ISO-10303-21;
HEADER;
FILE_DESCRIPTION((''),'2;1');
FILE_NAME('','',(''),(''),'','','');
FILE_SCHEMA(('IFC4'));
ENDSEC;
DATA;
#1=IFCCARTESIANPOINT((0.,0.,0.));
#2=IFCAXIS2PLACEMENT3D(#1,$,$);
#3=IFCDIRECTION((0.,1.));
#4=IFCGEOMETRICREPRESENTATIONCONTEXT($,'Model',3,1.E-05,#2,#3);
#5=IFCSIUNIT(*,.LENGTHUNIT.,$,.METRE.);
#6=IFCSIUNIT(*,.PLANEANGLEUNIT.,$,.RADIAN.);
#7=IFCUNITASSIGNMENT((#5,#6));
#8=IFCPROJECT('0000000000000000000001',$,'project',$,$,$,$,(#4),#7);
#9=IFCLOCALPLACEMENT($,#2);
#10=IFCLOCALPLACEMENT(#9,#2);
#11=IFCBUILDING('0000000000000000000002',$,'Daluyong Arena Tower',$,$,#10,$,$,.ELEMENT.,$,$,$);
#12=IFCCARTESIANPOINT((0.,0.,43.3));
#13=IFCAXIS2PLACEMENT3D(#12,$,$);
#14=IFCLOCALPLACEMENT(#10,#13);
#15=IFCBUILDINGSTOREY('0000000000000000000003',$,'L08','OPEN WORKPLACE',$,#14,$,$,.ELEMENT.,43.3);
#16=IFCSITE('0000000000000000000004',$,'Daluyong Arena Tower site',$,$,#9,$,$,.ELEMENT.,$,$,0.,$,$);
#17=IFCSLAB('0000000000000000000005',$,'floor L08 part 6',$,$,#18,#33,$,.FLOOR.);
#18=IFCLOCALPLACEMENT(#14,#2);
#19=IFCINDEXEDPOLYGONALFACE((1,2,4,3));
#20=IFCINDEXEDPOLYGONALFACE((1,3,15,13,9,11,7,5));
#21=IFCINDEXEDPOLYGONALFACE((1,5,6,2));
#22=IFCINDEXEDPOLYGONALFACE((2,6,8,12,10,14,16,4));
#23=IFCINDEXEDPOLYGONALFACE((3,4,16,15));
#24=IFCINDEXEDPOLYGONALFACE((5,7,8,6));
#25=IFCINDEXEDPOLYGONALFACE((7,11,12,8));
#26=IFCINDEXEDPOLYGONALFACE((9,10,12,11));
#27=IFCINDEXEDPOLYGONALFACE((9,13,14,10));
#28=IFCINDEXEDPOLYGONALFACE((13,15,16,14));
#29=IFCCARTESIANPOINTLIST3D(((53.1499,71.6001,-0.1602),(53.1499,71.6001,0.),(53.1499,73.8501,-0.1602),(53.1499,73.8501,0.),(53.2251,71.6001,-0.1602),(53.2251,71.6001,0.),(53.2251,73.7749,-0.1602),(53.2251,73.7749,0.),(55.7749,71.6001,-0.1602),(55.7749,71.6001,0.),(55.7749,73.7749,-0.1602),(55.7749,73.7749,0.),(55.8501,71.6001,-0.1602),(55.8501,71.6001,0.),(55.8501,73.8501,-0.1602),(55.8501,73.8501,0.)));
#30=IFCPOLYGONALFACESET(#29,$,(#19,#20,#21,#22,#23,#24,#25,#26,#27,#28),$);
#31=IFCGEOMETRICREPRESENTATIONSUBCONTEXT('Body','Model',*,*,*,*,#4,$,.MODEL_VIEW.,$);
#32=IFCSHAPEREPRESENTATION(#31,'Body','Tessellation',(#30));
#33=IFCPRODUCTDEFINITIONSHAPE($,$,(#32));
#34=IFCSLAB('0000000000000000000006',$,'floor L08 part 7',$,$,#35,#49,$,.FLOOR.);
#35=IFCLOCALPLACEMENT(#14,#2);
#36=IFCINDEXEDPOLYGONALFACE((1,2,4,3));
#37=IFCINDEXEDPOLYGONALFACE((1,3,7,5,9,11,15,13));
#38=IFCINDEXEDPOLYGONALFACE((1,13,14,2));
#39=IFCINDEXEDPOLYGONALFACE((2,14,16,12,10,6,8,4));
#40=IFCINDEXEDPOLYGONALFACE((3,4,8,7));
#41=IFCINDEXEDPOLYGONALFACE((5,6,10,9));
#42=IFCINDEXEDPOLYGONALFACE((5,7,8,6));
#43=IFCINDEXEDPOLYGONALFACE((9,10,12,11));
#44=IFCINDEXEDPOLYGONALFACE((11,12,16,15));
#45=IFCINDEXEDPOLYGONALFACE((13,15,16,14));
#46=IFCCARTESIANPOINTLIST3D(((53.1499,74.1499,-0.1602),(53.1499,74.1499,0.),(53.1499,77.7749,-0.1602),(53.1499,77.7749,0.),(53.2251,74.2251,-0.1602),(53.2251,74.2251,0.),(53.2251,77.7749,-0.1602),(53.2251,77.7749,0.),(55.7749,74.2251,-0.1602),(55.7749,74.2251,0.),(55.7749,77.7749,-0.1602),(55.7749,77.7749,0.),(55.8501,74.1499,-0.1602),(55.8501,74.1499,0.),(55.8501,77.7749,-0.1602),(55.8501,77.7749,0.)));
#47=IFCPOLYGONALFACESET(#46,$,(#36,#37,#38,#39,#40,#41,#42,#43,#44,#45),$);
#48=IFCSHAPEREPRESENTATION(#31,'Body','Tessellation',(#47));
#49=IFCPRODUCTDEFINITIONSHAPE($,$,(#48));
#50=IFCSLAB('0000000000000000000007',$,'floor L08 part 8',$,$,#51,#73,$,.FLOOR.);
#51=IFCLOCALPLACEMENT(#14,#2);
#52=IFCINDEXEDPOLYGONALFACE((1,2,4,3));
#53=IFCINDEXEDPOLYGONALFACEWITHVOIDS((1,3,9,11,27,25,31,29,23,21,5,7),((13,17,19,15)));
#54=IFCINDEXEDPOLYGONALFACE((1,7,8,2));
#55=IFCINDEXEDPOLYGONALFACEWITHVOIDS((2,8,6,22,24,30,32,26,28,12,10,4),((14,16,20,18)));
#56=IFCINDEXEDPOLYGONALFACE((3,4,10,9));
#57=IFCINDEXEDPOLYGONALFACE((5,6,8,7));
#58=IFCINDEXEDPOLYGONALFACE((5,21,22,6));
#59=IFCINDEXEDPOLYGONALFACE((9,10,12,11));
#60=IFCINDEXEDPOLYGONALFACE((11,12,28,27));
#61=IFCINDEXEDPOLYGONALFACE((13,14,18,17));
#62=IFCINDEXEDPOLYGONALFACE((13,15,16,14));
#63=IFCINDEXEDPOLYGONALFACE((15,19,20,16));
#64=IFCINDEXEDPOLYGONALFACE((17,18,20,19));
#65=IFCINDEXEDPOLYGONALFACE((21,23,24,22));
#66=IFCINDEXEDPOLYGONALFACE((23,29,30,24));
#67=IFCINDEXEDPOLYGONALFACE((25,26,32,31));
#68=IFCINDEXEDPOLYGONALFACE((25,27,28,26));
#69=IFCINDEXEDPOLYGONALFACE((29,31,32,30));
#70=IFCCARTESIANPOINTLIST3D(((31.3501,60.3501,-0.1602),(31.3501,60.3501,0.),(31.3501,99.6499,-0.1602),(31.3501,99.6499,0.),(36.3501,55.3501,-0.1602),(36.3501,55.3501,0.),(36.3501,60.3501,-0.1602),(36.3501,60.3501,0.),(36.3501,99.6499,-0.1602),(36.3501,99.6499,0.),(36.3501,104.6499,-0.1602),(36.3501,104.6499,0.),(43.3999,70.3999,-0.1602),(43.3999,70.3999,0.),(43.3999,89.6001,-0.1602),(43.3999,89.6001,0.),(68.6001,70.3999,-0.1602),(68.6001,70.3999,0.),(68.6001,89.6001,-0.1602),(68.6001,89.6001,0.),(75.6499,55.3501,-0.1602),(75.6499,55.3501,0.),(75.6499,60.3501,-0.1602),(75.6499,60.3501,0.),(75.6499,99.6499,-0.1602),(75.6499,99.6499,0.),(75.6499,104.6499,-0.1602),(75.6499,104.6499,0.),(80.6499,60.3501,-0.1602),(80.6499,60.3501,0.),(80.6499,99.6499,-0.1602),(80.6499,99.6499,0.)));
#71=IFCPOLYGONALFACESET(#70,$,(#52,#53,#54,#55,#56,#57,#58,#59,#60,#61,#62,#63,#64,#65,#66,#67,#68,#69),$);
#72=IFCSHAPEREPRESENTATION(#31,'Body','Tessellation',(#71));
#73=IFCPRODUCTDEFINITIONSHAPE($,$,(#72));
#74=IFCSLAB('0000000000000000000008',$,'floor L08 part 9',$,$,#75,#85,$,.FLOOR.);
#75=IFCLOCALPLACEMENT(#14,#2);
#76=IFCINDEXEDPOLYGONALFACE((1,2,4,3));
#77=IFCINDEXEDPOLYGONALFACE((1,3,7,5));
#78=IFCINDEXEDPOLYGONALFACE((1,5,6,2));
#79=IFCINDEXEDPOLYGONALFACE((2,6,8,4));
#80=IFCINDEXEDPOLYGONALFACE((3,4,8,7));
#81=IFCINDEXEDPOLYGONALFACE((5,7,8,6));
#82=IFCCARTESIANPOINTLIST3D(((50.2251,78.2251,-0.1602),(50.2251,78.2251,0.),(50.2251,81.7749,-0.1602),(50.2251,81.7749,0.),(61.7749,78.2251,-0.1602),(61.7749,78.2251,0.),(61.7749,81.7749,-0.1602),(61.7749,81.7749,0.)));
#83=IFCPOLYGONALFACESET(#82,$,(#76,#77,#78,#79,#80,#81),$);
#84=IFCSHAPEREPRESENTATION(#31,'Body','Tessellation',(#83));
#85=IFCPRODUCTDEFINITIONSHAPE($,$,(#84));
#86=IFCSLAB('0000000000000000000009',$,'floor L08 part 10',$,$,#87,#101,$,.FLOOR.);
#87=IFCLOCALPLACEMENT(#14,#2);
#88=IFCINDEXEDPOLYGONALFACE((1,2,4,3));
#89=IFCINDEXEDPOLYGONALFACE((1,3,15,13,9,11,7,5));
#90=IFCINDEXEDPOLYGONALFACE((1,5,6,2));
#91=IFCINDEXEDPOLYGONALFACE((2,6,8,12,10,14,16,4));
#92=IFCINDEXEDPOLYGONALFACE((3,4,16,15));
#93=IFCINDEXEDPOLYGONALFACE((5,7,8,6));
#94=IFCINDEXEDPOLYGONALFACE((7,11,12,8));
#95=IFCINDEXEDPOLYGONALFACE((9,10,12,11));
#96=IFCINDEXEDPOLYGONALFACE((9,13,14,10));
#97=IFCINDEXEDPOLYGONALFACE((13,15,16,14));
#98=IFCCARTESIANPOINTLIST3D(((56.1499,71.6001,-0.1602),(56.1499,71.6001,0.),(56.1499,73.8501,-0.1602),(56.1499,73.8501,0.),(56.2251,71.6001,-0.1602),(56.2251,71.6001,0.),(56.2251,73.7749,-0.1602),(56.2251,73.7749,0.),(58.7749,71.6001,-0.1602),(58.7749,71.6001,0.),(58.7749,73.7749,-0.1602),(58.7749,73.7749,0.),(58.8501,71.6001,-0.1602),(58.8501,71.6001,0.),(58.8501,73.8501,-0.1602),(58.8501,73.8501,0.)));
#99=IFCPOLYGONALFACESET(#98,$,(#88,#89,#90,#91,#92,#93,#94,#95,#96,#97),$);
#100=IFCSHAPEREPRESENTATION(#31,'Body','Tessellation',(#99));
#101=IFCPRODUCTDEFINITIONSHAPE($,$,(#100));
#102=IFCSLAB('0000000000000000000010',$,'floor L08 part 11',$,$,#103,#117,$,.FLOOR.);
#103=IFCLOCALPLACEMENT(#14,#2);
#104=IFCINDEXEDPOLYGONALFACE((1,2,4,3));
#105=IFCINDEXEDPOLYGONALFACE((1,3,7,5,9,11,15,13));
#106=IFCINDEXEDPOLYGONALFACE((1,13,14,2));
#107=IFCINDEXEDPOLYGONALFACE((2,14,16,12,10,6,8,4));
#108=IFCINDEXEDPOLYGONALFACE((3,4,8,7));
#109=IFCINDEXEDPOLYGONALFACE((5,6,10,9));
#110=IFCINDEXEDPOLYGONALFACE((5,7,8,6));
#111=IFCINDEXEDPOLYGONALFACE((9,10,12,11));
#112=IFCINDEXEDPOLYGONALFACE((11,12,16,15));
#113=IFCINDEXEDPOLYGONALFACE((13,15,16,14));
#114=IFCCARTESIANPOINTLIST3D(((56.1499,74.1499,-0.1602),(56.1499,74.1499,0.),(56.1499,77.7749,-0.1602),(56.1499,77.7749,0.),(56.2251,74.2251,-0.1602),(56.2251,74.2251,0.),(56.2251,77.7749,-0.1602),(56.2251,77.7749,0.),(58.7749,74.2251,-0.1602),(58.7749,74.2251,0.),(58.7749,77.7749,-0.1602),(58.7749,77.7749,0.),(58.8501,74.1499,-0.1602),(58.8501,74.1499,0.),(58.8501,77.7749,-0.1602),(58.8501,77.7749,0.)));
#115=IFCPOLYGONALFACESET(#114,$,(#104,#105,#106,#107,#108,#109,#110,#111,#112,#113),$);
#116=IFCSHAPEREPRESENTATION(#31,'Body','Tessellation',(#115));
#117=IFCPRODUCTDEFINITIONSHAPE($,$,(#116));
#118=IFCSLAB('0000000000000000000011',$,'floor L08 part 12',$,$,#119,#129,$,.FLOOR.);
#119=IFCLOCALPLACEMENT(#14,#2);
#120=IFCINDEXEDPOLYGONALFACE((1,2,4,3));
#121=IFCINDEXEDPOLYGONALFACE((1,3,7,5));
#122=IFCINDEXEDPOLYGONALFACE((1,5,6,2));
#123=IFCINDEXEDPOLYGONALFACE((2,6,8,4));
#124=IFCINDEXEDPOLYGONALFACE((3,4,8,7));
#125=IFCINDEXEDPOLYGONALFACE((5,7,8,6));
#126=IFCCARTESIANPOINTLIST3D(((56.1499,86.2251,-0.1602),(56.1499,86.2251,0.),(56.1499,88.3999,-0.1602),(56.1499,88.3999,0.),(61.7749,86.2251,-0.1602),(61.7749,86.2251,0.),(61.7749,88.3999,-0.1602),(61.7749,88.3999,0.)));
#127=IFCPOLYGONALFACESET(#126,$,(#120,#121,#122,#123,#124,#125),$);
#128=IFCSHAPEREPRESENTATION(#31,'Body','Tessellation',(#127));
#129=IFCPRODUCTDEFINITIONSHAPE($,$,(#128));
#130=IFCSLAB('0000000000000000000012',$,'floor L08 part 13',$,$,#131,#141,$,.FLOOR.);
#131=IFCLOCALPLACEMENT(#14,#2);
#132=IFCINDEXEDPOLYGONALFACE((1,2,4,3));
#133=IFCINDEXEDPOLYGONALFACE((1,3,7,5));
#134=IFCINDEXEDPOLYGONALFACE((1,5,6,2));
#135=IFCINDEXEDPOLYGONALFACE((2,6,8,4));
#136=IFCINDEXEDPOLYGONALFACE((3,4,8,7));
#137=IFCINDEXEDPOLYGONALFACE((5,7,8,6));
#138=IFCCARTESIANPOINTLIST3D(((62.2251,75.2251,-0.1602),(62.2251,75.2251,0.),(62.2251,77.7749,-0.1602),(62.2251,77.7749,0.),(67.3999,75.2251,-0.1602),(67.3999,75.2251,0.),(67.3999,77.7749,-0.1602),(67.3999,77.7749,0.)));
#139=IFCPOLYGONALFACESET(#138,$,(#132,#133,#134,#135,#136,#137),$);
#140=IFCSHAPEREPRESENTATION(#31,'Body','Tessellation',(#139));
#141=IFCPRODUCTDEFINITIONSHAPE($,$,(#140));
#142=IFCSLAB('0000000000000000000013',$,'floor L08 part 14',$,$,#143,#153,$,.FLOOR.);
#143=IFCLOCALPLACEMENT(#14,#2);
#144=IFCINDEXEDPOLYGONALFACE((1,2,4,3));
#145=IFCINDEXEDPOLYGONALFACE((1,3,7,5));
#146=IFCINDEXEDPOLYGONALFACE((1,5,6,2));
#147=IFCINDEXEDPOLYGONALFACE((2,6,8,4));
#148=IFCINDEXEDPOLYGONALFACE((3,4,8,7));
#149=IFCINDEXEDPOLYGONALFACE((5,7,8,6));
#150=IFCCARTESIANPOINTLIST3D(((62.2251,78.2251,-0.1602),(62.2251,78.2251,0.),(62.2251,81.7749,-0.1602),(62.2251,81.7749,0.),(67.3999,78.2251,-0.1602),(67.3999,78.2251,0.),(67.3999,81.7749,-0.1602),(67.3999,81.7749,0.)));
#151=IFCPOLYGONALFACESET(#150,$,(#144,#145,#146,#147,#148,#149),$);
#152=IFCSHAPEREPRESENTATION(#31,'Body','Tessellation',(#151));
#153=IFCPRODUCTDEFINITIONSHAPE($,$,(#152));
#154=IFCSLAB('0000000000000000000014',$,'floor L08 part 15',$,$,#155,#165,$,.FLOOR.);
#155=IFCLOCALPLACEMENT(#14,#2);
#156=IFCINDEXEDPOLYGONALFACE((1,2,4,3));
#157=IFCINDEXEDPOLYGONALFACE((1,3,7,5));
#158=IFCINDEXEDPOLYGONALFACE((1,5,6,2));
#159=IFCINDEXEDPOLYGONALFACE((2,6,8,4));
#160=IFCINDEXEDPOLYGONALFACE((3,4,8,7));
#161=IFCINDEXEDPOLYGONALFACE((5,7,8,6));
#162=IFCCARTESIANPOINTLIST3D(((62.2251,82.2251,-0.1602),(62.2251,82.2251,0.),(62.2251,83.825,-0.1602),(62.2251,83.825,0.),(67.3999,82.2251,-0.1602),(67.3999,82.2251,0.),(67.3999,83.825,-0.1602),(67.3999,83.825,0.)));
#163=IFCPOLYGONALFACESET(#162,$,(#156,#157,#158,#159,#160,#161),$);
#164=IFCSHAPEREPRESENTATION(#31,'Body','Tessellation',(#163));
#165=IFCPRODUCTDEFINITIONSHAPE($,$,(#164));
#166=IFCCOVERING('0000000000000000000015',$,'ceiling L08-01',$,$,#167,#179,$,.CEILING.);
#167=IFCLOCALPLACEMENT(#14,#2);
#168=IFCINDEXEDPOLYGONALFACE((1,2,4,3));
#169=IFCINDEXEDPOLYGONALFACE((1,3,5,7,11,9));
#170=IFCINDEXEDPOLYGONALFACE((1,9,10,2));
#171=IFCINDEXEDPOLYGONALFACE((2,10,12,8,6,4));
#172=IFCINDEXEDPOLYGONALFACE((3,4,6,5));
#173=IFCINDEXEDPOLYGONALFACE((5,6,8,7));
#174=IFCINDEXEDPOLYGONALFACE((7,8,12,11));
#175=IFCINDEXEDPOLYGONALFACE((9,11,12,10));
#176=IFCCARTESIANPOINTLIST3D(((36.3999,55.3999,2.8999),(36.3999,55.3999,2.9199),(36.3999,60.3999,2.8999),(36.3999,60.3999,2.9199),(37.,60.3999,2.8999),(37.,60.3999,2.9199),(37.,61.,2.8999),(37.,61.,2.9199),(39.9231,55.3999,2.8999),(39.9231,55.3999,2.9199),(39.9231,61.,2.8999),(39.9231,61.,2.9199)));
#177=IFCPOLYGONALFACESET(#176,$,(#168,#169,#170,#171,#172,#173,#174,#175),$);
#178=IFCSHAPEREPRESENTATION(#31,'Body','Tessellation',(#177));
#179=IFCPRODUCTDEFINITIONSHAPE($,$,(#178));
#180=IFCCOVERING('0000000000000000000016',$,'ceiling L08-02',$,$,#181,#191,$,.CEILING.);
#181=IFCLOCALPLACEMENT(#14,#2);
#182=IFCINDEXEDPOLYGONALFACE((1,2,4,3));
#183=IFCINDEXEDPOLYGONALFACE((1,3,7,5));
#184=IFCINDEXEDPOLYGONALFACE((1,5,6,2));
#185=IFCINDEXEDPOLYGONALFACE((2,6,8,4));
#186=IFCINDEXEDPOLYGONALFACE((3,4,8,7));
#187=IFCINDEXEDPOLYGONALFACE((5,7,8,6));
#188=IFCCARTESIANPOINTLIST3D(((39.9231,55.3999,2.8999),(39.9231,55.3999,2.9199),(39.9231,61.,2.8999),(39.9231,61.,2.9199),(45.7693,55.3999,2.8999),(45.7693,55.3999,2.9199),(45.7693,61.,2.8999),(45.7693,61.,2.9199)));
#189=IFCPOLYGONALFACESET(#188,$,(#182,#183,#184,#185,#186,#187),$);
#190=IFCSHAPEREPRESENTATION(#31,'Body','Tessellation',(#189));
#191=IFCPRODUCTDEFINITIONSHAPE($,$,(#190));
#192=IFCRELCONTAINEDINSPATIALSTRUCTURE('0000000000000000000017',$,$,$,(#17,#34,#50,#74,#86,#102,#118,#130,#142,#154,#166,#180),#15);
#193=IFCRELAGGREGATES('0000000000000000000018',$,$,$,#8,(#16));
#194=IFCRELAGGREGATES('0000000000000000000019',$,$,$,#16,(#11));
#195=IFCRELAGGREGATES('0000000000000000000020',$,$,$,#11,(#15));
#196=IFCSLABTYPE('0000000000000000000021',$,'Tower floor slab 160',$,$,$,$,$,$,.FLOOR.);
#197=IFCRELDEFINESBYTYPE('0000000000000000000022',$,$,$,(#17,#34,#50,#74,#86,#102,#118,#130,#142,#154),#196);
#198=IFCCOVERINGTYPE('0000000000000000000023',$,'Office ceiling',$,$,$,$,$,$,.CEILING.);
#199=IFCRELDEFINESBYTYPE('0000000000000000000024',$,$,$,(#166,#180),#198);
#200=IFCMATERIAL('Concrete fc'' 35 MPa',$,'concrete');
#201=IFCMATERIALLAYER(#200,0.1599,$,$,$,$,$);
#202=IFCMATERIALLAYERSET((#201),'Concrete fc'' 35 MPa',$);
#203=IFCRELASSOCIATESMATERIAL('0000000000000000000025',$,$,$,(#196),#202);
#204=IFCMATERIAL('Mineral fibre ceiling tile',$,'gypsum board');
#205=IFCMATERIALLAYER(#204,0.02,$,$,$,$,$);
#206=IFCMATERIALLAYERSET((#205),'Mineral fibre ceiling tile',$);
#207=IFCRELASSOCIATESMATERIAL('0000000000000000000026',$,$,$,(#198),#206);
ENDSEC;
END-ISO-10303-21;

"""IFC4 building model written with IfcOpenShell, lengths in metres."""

from ifc_helpers import new_model, si_unit, direction, frame, origin, place, context, subcontext, project, spatial, polyline, outline, extrude, material, layer, layer_set, type_object, element, save


model = new_model("IFC4")

# Units and contexts
model_context = context("Model", 3, precision=1e-05, world=origin(), true_north=direction((0.0, 1.0)))
body_context = subcontext(model_context, "Body", "Model", "MODEL_VIEW")
ifc_project = project(units=[si_unit("LENGTHUNIT", "METRE"), si_unit("PLANEANGLEUNIT", "RADIAN")], contexts=[model_context])

# Site, building, storey
site_placement = place(None, origin())
site = spatial("IfcSite", under=ifc_project, at=site_placement, Name="Daluyong Arena Tower site", CompositionType="ELEMENT", RefElevation=0.0)
building_placement = place(site_placement, origin())
building = spatial("IfcBuilding", under=site, at=building_placement, Name="Daluyong Arena Tower", CompositionType="ELEMENT")
storey_placement = place(building_placement, frame((0.0, 0.0, 43.3)))
storey = spatial("IfcBuildingStorey", under=building, at=storey_placement, Name="L08", Description="OPEN WORKPLACE", CompositionType="ELEMENT", Elevation=43.3)

# Slabs
ifc_material_1 = material(Name="Concrete fc' 35 MPa", Category="concrete")
ifc_layer_1 = layer(ifc_material_1, 0.1599)
ifc_layer_set_1 = layer_set([ifc_layer_1], Name="Concrete fc' 35 MPa")
slab_type_1 = type_object("IfcSlabType", Name="Tower floor slab 160", PredefinedType="FLOOR", material=ifc_layer_set_1)
slab_1_placement = place(storey_placement, frame((0.0, 0.0, -0.1602)))
element("IfcSlab", 1, at=slab_1_placement, inside=storey, type_object=slab_type_1, Name="floor L08 part 6", PredefinedType="FLOOR", context=body_context, shape_type="SweptSolid", body=[
    extrude(outline(polyline([(55.7749, 73.7749), (55.7749, 71.6001), (55.8501, 71.6001), (55.8501, 73.8501), (53.1499, 73.8501), (53.1499, 71.6001), (53.2251, 71.6001), (53.2251, 73.7749), (55.7749, 73.7749)])), origin(), (0.0, 0.0, 1.0), 0.1602),
])
slab_2_placement = place(storey_placement, frame((0.0, 0.0, -0.1602)))
element("IfcSlab", 2, at=slab_2_placement, inside=storey, type_object=slab_type_1, Name="floor L08 part 7", PredefinedType="FLOOR", context=body_context, shape_type="SweptSolid", body=[
    extrude(outline(polyline([(53.1499, 77.7749), (53.1499, 74.1499), (55.8501, 74.1499), (55.8501, 77.7749), (55.7749, 77.7749), (55.7749, 74.2251), (53.2251, 74.2251), (53.2251, 77.7749), (53.1499, 77.7749)])), origin(), (0.0, 0.0, 1.0), 0.1602),
])
slab_3_placement = place(storey_placement, frame((0.0, 0.0, -0.1602)))
element("IfcSlab", 3, at=slab_3_placement, inside=storey, type_object=slab_type_1, Name="floor L08 part 8", PredefinedType="FLOOR", context=body_context, shape_type="SweptSolid", body=[
    extrude(outline(polyline([(36.3501, 60.3501), (36.3501, 55.3501), (75.6499, 55.3501), (75.6499, 60.3501), (80.6499, 60.3501), (80.6499, 99.6499), (75.6499, 99.6499), (75.6499, 104.6499), (36.3501, 104.6499), (36.3501, 99.6499), (31.3501, 99.6499), (31.3501, 60.3501), (36.3501, 60.3501)]), holes=[polyline([(68.6001, 89.6001), (68.6001, 70.3999), (43.3999, 70.3999), (43.3999, 89.6001), (68.6001, 89.6001)])]), origin(), (0.0, 0.0, 1.0), 0.1602),
])
slab_4_placement = place(storey_placement, frame((0.0, 0.0, -0.1602)))
element("IfcSlab", 4, at=slab_4_placement, inside=storey, type_object=slab_type_1, Name="floor L08 part 9", PredefinedType="FLOOR", context=body_context, shape_type="SweptSolid", body=[
    extrude(outline(polyline([(61.7749, 81.7749), (50.2251, 81.7749), (50.2251, 78.2251), (61.7749, 78.2251), (61.7749, 81.7749)])), origin(), (0.0, 0.0, 1.0), 0.1602),
])
slab_5_placement = place(storey_placement, frame((0.0, 0.0, -0.1602)))
element("IfcSlab", 5, at=slab_5_placement, inside=storey, type_object=slab_type_1, Name="floor L08 part 10", PredefinedType="FLOOR", context=body_context, shape_type="SweptSolid", body=[
    extrude(outline(polyline([(58.7749, 73.7749), (58.7749, 71.6001), (58.8501, 71.6001), (58.8501, 73.8501), (56.1499, 73.8501), (56.1499, 71.6001), (56.2251, 71.6001), (56.2251, 73.7749), (58.7749, 73.7749)])), origin(), (0.0, 0.0, 1.0), 0.1602),
])
slab_6_placement = place(storey_placement, frame((0.0, 0.0, -0.1602)))
element("IfcSlab", 6, at=slab_6_placement, inside=storey, type_object=slab_type_1, Name="floor L08 part 11", PredefinedType="FLOOR", context=body_context, shape_type="SweptSolid", body=[
    extrude(outline(polyline([(56.1499, 77.7749), (56.1499, 74.1499), (58.8501, 74.1499), (58.8501, 77.7749), (58.7749, 77.7749), (58.7749, 74.2251), (56.2251, 74.2251), (56.2251, 77.7749), (56.1499, 77.7749)])), origin(), (0.0, 0.0, 1.0), 0.1602),
])
slab_7_placement = place(storey_placement, frame((0.0, 0.0, -0.1602)))
element("IfcSlab", 7, at=slab_7_placement, inside=storey, type_object=slab_type_1, Name="floor L08 part 12", PredefinedType="FLOOR", context=body_context, shape_type="SweptSolid", body=[
    extrude(outline(polyline([(56.1499, 86.2251), (61.7749, 86.2251), (61.7749, 88.3999), (56.1499, 88.3999), (56.1499, 86.2251)])), origin(), (0.0, 0.0, 1.0), 0.1602),
])
slab_8_placement = place(storey_placement, frame((0.0, 0.0, -0.1602)))
element("IfcSlab", 8, at=slab_8_placement, inside=storey, type_object=slab_type_1, Name="floor L08 part 13", PredefinedType="FLOOR", context=body_context, shape_type="SweptSolid", body=[
    extrude(outline(polyline([(67.3999, 75.2251), (67.3999, 77.7749), (62.2251, 77.7749), (62.2251, 75.2251), (67.3999, 75.2251)])), origin(), (0.0, 0.0, 1.0), 0.1602),
])
slab_9_placement = place(storey_placement, frame((0.0, 0.0, -0.1602)))
element("IfcSlab", 9, at=slab_9_placement, inside=storey, type_object=slab_type_1, Name="floor L08 part 14", PredefinedType="FLOOR", context=body_context, shape_type="SweptSolid", body=[
    extrude(outline(polyline([(67.3999, 78.2251), (67.3999, 81.7749), (62.2251, 81.7749), (62.2251, 78.2251), (67.3999, 78.2251)])), origin(), (0.0, 0.0, 1.0), 0.1602),
])
slab_10_placement = place(storey_placement, frame((0.0, 0.0, -0.1602)))
element("IfcSlab", 10, at=slab_10_placement, inside=storey, type_object=slab_type_1, Name="floor L08 part 15", PredefinedType="FLOOR", context=body_context, shape_type="SweptSolid", body=[
    extrude(outline(polyline([(67.3999, 82.2251), (67.3999, 83.825), (62.2251, 83.825), (62.2251, 82.2251), (67.3999, 82.2251)])), origin(), (0.0, 0.0, 1.0), 0.1602),
])

# Coverings
ifc_material_2 = material(Name="Mineral fibre ceiling tile", Category="gypsum board")
ifc_layer_2 = layer(ifc_material_2, 0.02)
ifc_layer_set_2 = layer_set([ifc_layer_2], Name="Mineral fibre ceiling tile")
covering_type = type_object("IfcCoveringType", Name="Office ceiling", PredefinedType="CEILING", material=ifc_layer_set_2)
covering_1_placement = place(storey_placement, frame((0.0, 0.0, 2.8999)))
element("IfcCovering", 11, at=covering_1_placement, inside=storey, type_object=covering_type, Name="ceiling L08-01", PredefinedType="CEILING", context=body_context, shape_type="SweptSolid", body=[
    extrude(outline(polyline([(36.3999, 60.3999), (36.3999, 55.3999), (39.9231, 55.3999), (39.9231, 61.0), (37.0, 61.0), (37.0, 60.3999), (36.3999, 60.3999)])), origin(), (0.0, 0.0, 1.0), 0.02),
])
covering_2_placement = place(storey_placement, frame((0.0, 0.0, 2.8999)))
element("IfcCovering", 12, at=covering_2_placement, inside=storey, type_object=covering_type, Name="ceiling L08-02", PredefinedType="CEILING", context=body_context, shape_type="SweptSolid", body=[
    extrude(outline(polyline([(39.9231, 61.0), (39.9231, 55.3999), (45.7693, 55.3999), (45.7693, 61.0), (39.9231, 61.0)])), origin(), (0.0, 0.0, 1.0), 0.02),
])

save(model, "model.ifc")
